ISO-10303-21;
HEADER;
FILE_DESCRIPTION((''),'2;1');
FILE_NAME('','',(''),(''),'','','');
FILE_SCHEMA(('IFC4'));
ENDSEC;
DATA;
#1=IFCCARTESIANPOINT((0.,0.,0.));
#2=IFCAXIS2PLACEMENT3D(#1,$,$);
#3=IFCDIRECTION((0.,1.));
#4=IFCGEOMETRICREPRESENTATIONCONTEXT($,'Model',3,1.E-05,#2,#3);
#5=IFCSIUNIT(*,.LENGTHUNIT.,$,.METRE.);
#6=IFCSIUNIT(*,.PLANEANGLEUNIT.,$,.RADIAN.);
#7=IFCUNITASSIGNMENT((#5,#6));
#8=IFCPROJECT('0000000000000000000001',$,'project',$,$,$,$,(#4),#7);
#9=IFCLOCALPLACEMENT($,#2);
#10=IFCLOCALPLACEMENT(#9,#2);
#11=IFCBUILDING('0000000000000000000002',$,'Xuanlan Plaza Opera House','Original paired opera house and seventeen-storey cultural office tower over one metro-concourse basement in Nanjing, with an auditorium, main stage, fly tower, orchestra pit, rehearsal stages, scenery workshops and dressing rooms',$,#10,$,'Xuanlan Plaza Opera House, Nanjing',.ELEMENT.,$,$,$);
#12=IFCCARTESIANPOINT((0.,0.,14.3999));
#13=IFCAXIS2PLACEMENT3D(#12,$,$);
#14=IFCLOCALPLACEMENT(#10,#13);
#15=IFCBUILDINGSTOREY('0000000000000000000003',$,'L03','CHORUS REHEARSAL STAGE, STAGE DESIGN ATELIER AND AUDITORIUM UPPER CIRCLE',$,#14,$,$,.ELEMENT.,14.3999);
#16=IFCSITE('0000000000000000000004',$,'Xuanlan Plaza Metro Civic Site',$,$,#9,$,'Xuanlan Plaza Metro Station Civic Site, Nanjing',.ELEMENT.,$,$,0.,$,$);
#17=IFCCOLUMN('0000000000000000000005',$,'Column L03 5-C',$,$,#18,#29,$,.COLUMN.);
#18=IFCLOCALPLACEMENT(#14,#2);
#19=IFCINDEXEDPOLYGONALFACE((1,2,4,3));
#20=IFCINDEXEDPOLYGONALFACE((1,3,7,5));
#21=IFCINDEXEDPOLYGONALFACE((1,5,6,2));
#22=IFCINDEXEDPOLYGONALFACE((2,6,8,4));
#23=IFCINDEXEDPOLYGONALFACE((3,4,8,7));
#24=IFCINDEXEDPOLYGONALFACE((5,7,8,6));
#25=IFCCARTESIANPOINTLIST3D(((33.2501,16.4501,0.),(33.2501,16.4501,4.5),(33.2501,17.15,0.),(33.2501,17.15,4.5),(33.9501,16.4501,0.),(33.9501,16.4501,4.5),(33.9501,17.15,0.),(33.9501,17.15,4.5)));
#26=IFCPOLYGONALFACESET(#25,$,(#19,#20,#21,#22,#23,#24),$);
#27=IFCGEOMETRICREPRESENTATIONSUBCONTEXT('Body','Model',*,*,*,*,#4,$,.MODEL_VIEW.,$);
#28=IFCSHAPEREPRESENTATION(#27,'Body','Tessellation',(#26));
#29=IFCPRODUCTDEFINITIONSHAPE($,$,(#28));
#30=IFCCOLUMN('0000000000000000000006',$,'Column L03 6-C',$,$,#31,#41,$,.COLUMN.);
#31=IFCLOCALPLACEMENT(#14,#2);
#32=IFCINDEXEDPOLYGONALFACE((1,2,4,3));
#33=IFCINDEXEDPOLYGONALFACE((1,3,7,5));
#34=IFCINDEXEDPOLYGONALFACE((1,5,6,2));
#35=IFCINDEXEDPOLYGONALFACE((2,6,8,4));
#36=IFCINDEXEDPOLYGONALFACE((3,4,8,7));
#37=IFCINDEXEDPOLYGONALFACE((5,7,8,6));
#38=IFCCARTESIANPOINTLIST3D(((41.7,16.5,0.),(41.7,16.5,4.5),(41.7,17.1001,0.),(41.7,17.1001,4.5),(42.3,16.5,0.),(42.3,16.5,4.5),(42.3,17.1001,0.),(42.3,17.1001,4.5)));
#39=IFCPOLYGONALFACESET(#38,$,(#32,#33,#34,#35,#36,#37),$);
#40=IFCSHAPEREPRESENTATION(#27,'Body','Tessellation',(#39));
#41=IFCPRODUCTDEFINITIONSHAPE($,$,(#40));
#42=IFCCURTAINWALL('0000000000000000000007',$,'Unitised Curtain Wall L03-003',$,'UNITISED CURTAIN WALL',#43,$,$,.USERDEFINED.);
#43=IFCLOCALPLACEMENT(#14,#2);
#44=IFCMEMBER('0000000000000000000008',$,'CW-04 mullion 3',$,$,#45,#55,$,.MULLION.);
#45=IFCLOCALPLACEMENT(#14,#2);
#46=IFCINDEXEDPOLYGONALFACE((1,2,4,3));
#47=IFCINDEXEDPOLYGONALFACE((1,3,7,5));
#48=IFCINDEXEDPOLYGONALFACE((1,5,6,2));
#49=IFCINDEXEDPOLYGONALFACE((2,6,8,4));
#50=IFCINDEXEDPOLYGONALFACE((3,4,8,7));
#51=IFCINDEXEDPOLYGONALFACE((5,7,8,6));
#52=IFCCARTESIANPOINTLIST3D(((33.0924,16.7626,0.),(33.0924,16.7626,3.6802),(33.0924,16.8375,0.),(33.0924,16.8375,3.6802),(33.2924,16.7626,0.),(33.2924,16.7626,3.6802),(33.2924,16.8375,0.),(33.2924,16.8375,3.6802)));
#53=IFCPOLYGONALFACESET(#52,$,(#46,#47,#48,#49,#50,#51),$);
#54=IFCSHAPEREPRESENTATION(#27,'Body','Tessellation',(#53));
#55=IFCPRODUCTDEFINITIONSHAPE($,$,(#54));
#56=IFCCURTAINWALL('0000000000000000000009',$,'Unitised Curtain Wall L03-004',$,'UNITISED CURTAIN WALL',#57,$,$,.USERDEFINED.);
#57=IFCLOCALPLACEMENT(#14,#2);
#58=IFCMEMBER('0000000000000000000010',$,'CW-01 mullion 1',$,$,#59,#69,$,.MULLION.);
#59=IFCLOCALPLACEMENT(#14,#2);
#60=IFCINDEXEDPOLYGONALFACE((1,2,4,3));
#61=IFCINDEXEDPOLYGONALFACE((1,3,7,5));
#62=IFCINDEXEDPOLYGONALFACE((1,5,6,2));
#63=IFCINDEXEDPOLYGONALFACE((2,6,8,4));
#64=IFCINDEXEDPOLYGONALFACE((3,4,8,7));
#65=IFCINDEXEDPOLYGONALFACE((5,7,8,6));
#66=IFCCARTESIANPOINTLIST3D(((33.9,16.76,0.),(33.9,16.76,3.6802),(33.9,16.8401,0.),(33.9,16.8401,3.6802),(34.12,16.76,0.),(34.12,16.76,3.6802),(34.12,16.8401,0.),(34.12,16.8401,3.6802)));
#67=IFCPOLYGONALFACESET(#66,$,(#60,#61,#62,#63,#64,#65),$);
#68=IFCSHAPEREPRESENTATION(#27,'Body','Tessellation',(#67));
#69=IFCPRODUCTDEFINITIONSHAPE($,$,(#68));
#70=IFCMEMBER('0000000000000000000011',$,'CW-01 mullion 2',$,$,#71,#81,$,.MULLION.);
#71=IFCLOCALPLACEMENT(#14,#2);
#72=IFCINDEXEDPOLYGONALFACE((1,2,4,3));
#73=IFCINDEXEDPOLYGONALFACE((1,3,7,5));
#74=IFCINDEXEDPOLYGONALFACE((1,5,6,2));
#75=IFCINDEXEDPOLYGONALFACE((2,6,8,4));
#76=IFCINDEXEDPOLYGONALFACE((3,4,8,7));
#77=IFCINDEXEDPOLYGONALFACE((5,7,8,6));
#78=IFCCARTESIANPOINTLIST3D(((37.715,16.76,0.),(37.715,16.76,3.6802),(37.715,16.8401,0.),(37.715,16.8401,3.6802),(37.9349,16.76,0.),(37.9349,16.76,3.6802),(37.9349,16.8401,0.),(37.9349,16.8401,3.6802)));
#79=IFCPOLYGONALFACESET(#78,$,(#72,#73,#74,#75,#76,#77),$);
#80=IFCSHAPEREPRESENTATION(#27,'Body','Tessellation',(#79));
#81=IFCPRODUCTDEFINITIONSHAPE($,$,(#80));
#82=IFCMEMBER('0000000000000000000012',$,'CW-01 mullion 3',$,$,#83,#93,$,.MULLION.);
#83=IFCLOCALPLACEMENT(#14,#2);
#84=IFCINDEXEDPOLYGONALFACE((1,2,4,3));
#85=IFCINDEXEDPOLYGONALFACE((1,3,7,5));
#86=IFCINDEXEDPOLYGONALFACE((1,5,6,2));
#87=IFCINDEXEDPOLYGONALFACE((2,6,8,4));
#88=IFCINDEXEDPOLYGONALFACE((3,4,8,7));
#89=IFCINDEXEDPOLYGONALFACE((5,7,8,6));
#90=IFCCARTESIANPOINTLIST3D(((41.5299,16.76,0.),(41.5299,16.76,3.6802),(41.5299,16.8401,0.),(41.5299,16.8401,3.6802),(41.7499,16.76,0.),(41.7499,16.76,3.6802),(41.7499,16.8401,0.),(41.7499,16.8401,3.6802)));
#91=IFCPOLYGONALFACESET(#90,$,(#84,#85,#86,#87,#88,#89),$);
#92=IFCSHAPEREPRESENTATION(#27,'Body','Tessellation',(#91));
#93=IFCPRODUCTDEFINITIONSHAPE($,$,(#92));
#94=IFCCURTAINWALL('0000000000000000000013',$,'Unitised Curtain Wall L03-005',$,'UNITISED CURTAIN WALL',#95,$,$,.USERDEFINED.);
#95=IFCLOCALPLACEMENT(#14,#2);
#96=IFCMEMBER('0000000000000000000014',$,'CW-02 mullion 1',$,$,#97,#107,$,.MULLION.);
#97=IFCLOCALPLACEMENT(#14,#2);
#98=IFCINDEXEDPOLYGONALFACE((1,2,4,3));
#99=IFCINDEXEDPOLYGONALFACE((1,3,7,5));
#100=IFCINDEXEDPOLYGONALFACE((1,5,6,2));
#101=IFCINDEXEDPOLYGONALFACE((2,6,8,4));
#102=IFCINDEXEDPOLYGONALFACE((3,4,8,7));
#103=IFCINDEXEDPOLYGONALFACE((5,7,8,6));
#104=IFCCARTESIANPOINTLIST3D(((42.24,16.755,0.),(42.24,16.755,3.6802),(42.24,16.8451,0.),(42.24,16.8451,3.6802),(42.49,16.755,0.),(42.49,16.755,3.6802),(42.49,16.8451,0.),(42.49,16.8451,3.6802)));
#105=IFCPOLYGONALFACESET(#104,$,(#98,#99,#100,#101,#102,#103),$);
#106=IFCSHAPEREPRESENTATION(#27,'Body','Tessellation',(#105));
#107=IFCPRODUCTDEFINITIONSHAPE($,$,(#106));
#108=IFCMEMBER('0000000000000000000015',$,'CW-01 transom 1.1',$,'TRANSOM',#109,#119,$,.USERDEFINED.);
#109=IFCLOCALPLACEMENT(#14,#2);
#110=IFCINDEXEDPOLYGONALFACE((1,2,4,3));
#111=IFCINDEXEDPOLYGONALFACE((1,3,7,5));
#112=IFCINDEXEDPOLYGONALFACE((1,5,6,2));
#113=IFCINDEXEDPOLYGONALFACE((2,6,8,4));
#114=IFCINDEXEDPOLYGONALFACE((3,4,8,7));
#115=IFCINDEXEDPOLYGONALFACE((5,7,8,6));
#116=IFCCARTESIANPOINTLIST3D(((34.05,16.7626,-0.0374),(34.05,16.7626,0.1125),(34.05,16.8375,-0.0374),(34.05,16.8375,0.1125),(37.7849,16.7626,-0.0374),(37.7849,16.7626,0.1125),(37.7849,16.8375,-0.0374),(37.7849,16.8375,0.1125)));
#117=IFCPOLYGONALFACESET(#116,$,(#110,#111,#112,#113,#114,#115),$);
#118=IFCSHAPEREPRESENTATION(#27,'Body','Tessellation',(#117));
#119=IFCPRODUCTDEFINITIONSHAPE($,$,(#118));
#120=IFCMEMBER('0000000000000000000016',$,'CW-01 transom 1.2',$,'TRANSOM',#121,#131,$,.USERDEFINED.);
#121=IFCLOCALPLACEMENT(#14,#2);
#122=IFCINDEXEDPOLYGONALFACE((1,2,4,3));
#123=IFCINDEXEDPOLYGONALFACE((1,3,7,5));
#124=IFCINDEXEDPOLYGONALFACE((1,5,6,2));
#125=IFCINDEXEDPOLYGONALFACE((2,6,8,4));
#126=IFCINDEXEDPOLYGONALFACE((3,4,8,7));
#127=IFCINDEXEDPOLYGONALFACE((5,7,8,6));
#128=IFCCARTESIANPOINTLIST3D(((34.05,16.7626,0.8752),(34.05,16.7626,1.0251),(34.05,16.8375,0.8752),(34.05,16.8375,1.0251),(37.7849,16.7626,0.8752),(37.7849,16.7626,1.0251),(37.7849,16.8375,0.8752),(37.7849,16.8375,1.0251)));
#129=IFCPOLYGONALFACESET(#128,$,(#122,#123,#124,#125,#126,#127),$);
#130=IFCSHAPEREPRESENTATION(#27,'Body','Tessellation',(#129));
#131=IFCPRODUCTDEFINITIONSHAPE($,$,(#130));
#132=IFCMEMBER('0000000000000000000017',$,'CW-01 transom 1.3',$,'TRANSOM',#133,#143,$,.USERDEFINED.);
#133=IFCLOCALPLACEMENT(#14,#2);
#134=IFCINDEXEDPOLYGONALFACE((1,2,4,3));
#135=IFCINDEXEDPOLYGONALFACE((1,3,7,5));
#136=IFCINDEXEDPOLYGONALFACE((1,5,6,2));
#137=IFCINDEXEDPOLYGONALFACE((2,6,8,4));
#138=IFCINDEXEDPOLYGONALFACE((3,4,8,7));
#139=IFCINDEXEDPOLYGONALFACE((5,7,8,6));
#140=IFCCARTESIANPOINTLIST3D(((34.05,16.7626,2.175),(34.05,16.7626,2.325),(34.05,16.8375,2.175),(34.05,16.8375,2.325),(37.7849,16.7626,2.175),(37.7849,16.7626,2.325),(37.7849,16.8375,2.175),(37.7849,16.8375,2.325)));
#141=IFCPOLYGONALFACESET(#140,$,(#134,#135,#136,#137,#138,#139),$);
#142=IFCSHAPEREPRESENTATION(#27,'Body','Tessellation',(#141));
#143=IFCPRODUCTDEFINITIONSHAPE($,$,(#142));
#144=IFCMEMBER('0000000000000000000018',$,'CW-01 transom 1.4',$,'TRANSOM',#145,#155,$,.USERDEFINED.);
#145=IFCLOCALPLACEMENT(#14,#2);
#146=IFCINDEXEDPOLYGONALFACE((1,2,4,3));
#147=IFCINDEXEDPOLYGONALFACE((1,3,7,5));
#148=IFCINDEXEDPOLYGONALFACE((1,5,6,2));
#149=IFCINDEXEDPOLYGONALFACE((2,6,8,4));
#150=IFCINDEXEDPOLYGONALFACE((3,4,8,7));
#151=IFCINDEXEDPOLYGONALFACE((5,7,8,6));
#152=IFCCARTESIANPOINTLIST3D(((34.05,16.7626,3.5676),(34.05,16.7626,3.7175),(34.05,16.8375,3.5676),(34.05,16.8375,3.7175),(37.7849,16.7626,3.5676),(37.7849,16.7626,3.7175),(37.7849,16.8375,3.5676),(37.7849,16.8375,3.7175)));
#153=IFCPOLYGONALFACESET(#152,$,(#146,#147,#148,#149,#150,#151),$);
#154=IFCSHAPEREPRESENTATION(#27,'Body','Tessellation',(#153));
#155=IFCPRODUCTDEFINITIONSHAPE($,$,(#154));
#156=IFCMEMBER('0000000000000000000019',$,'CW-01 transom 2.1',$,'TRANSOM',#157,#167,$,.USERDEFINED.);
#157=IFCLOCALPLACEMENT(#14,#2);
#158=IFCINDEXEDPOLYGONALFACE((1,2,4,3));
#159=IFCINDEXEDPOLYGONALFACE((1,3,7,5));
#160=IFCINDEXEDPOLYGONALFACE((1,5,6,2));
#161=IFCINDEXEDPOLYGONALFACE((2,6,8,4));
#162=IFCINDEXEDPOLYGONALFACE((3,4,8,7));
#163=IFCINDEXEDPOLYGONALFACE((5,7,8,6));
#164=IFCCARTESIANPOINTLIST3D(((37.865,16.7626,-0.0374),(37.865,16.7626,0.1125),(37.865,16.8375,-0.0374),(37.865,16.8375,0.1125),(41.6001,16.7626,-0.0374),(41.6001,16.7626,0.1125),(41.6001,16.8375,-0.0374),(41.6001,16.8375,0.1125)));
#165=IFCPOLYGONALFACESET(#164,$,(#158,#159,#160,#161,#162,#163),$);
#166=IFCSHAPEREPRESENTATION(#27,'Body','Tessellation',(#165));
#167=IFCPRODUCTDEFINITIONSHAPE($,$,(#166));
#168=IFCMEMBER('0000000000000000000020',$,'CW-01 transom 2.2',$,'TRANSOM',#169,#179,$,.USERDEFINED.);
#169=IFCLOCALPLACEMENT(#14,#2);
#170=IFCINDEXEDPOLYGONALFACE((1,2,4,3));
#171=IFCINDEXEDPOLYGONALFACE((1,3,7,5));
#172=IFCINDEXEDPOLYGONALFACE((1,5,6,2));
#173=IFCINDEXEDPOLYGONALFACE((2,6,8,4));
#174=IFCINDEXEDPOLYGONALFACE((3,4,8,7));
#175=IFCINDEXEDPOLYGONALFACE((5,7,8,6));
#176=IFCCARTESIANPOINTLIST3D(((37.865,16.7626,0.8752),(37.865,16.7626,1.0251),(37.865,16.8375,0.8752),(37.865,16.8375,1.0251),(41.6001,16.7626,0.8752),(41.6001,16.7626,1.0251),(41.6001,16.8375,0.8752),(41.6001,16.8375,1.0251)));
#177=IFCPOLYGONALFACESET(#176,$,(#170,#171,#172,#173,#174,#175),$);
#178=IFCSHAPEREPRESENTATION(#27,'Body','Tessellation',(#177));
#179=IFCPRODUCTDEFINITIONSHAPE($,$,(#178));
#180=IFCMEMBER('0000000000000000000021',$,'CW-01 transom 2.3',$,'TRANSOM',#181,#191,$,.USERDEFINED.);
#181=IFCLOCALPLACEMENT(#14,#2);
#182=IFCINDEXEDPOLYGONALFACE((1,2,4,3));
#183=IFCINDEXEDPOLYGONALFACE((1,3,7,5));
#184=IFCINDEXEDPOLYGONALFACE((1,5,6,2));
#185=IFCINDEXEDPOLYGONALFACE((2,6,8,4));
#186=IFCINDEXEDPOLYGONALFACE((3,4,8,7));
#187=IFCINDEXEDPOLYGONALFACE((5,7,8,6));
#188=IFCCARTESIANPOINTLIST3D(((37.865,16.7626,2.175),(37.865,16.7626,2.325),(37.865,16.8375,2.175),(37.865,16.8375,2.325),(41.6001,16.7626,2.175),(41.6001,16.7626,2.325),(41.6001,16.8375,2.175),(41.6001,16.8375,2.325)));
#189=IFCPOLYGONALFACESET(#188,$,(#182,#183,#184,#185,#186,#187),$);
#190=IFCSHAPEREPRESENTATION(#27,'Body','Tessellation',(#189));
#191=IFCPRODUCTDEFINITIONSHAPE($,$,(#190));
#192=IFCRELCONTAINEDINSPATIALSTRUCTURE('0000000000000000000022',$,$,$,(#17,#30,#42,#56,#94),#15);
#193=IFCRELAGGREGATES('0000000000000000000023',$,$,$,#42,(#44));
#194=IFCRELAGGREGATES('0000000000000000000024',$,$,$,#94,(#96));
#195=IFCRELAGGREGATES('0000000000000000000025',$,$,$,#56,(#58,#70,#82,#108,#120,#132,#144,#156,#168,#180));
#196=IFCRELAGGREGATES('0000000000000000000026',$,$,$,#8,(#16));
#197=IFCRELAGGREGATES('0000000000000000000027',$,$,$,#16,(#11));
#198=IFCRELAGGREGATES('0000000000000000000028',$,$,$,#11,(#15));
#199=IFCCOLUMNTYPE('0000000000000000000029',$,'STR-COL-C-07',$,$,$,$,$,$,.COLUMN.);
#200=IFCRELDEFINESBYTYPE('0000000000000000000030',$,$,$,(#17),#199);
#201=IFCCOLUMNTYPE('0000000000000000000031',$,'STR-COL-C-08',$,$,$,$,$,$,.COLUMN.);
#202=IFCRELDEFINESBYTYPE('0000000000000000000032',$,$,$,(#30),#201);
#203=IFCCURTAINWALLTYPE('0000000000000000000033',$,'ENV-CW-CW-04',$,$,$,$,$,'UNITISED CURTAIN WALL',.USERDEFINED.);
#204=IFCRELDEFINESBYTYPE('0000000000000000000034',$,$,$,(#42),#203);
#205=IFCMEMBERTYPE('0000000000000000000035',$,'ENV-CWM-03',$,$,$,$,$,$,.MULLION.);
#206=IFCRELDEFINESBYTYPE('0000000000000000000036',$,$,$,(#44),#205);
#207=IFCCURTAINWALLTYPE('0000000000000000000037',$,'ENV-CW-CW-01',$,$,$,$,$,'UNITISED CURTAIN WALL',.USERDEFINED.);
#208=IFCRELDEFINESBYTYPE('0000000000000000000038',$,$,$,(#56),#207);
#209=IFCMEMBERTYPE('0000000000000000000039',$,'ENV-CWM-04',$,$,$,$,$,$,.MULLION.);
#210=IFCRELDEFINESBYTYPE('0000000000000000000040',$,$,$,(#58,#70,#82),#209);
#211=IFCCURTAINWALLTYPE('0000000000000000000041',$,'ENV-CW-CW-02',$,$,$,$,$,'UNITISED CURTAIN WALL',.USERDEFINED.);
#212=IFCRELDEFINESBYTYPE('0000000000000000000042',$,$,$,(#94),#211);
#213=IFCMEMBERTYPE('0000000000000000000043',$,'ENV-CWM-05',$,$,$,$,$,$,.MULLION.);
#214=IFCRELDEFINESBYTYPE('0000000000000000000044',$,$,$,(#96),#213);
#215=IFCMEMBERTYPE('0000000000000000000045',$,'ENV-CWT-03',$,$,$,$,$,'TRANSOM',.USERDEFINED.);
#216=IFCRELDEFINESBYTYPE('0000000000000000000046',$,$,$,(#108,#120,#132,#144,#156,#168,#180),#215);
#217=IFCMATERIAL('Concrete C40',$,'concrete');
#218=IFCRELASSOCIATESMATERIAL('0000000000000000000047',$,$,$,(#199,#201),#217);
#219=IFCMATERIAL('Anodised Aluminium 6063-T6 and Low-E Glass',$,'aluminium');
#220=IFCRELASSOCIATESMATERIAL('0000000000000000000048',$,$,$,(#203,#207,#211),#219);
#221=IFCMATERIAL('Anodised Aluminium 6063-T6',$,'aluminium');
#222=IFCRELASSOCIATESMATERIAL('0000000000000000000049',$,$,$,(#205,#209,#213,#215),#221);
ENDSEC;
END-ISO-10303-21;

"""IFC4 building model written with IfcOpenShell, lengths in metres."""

from ifc_helpers import new_model, si_unit, direction, frame, origin, origin_2d, place, context, subcontext, project, spatial, rectangle, extrude, material, material_profile, profile_set, type_object, element, aggregate, save


model = new_model("IFC4")

# Units and contexts
model_context = context("Model", 3, precision=1e-05, world=origin(), true_north=direction((0.0, 1.0)))
body_context = subcontext(model_context, "Body", "Model", "MODEL_VIEW")
ifc_project = project(units=[si_unit("LENGTHUNIT", "METRE"), si_unit("PLANEANGLEUNIT", "RADIAN")], contexts=[model_context])

# Site, building, storey
site_placement = place(None, origin())
site = spatial("IfcSite", under=ifc_project, at=site_placement, Name="Xuanlan Plaza Metro Civic Site", LongName="Xuanlan Plaza Metro Station Civic Site, Nanjing", CompositionType="ELEMENT", RefElevation=0.0)
building_placement = place(site_placement, origin())
building = spatial("IfcBuilding", under=site, at=building_placement, Name="Xuanlan Plaza Opera House", Description="Original paired opera house and seventeen-storey cultural office tower over one metro-concourse basement in Nanjing, with an auditorium, main stage, fly tower, orchestra pit, rehearsal stages, scenery workshops and dressing rooms", LongName="Xuanlan Plaza Opera House, Nanjing", CompositionType="ELEMENT")
storey_placement = place(building_placement, frame((0.0, 0.0, 14.3999)))
storey = spatial("IfcBuildingStorey", under=building, at=storey_placement, Name="L03", Description="CHORUS REHEARSAL STAGE, STAGE DESIGN ATELIER AND AUDITORIUM UPPER CIRCLE", CompositionType="ELEMENT", Elevation=14.3999)

# Columns
ifc_material_1 = material(Name="Concrete C40", Category="concrete")
ifc_material_profile_1 = material_profile(ifc_material_1, rectangle(XDim=0.7, YDim=0.7, at=origin_2d()), Name="RC-COL 700x700")
ifc_profile_set_1 = profile_set([ifc_material_profile_1], Name="Concrete C40")
column_type_1 = type_object("IfcColumnType", Name="STR-COL-C-07", PredefinedType="COLUMN", material=ifc_profile_set_1)
column_1_placement = place(storey_placement, frame((33.6001, 16.8, 0.0), z_axis=(0.0, 0.0, 1.0), x_axis=(1.0, 0.0, 0.0)))
element("IfcColumn", 1, at=column_1_placement, inside=storey, type_object=column_type_1, Name="Column L03 5-C", PredefinedType="COLUMN", context=body_context, shape_type="SweptSolid", body=[
    extrude(rectangle(XDim=0.7, YDim=0.7, at=origin_2d()), origin(), (0.0, 0.0, 1.0), 4.5),
])
ifc_material_profile_2 = material_profile(ifc_material_1, rectangle(XDim=0.6001, YDim=0.6001, at=origin_2d()), Name="RC-COL 600x600")
ifc_profile_set_2 = profile_set([ifc_material_profile_2], Name="Concrete C40")
column_type_2 = type_object("IfcColumnType", Name="STR-COL-C-08", PredefinedType="COLUMN", material=ifc_profile_set_2)
column_2_placement = place(storey_placement, frame((42.0, 16.8, 0.0), z_axis=(0.0, 0.0, 1.0), x_axis=(1.0, 0.0, 0.0)))
element("IfcColumn", 2, at=column_2_placement, inside=storey, type_object=column_type_2, Name="Column L03 6-C", PredefinedType="COLUMN", context=body_context, shape_type="SweptSolid", body=[
    extrude(rectangle(XDim=0.6001, YDim=0.6001, at=origin_2d()), origin(), (0.0, 0.0, 1.0), 4.5),
])

# Curtain wall, member
ifc_material_2 = material(Name="Anodised Aluminium 6063-T6 and Low-E Glass", Category="aluminium")
curtain_wall_type_1 = type_object("IfcCurtainWallType", Name="ENV-CW-CW-04", ElementType="UNITISED CURTAIN WALL", PredefinedType="USERDEFINED", material=ifc_material_2)
curtain_wall_1_placement = place(storey_placement, origin())
curtain_wall_1 = element("IfcCurtainWall", 3, at=curtain_wall_1_placement, inside=storey, type_object=curtain_wall_type_1, Name="Unitised Curtain Wall L03-003", ObjectType="UNITISED CURTAIN WALL", PredefinedType="USERDEFINED")
ifc_material_3 = material(Name="Anodised Aluminium 6063-T6", Category="aluminium")
ifc_material_profile_3 = material_profile(ifc_material_3, rectangle(XDim=0.075, YDim=0.2, at=origin_2d()), Name="ALU-M 75x200")
ifc_profile_set_3 = profile_set([ifc_material_profile_3], Name="Anodised Aluminium 6063-T6")
member_type_1 = type_object("IfcMemberType", Name="ENV-CWM-03", PredefinedType="MULLION", material=ifc_profile_set_3)
member_1_placement = place(storey_placement, frame((33.1924, 16.8, 0.0), z_axis=(0.0, 0.0, 1.0), x_axis=(0.0, 1.0, 0.0)))
member_1 = element("IfcMember", 4, at=member_1_placement, type_object=member_type_1, Name="CW-04 mullion 3", PredefinedType="MULLION", context=body_context, shape_type="SweptSolid", body=[
    extrude(rectangle(XDim=0.075, YDim=0.2, at=origin_2d()), origin(), (0.0, 0.0, 1.0), 3.6802),
])
aggregate(curtain_wall_1, [member_1])

# Curtain wall, members
curtain_wall_type_2 = type_object("IfcCurtainWallType", Name="ENV-CW-CW-01", ElementType="UNITISED CURTAIN WALL", PredefinedType="USERDEFINED", material=ifc_material_2)
curtain_wall_2_placement = place(storey_placement, origin())
curtain_wall_2 = element("IfcCurtainWall", 5, at=curtain_wall_2_placement, inside=storey, type_object=curtain_wall_type_2, Name="Unitised Curtain Wall L03-004", ObjectType="UNITISED CURTAIN WALL", PredefinedType="USERDEFINED")
ifc_material_profile_4 = material_profile(ifc_material_3, rectangle(XDim=0.0801, YDim=0.22, at=origin_2d()), Name="ALU-M 80x220")
ifc_profile_set_4 = profile_set([ifc_material_profile_4], Name="Anodised Aluminium 6063-T6")
member_type_2 = type_object("IfcMemberType", Name="ENV-CWM-04", PredefinedType="MULLION", material=ifc_profile_set_4)
member_2_placement = place(storey_placement, frame((34.01, 16.8, 0.0), z_axis=(0.0, 0.0, 1.0), x_axis=(0.0, 1.0, 0.0)))
member_2 = element("IfcMember", 6, at=member_2_placement, type_object=member_type_2, Name="CW-01 mullion 1", PredefinedType="MULLION", context=body_context, shape_type="SweptSolid", body=[
    extrude(rectangle(XDim=0.0801, YDim=0.22, at=origin_2d()), origin(), (0.0, 0.0, 1.0), 3.6802),
])
member_3_placement = place(storey_placement, frame((37.825, 16.8, 0.0), z_axis=(0.0, 0.0, 1.0), x_axis=(0.0, 1.0, 0.0)))
member_3 = element("IfcMember", 7, at=member_3_placement, type_object=member_type_2, Name="CW-01 mullion 2", PredefinedType="MULLION", context=body_context, shape_type="SweptSolid", body=[
    extrude(rectangle(XDim=0.0801, YDim=0.22, at=origin_2d()), origin(), (0.0, 0.0, 1.0), 3.6802),
])
member_4_placement = place(storey_placement, frame((41.6399, 16.8, 0.0), z_axis=(0.0, 0.0, 1.0), x_axis=(0.0, 1.0, 0.0)))
member_4 = element("IfcMember", 8, at=member_4_placement, type_object=member_type_2, Name="CW-01 mullion 3", PredefinedType="MULLION", context=body_context, shape_type="SweptSolid", body=[
    extrude(rectangle(XDim=0.0801, YDim=0.22, at=origin_2d()), origin(), (0.0, 0.0, 1.0), 3.6802),
])

# Curtain wall, member
curtain_wall_type_3 = type_object("IfcCurtainWallType", Name="ENV-CW-CW-02", ElementType="UNITISED CURTAIN WALL", PredefinedType="USERDEFINED", material=ifc_material_2)
curtain_wall_3_placement = place(storey_placement, origin())
curtain_wall_3 = element("IfcCurtainWall", 9, at=curtain_wall_3_placement, inside=storey, type_object=curtain_wall_type_3, Name="Unitised Curtain Wall L03-005", ObjectType="UNITISED CURTAIN WALL", PredefinedType="USERDEFINED")
ifc_material_profile_5 = material_profile(ifc_material_3, rectangle(XDim=0.0901, YDim=0.25, at=origin_2d()), Name="ALU-M 90x250")
ifc_profile_set_5 = profile_set([ifc_material_profile_5], Name="Anodised Aluminium 6063-T6")
member_type_3 = type_object("IfcMemberType", Name="ENV-CWM-05", PredefinedType="MULLION", material=ifc_profile_set_5)
member_5_placement = place(storey_placement, frame((42.365, 16.8, 0.0), z_axis=(0.0, 0.0, 1.0), x_axis=(0.0, 1.0, 0.0)))
member_5 = element("IfcMember", 10, at=member_5_placement, type_object=member_type_3, Name="CW-02 mullion 1", PredefinedType="MULLION", context=body_context, shape_type="SweptSolid", body=[
    extrude(rectangle(XDim=0.0901, YDim=0.25, at=origin_2d()), origin(), (0.0, 0.0, 1.0), 3.6802),
])

# Members
ifc_material_profile_6 = material_profile(ifc_material_3, rectangle(XDim=0.075, YDim=0.1499, at=origin_2d()), Name="ALU-T 75x150")
ifc_profile_set_6 = profile_set([ifc_material_profile_6], Name="Anodised Aluminium 6063-T6")
member_type_4 = type_object("IfcMemberType", Name="ENV-CWT-03", ElementType="TRANSOM", PredefinedType="USERDEFINED", material=ifc_profile_set_6)
member_6_placement = place(storey_placement, frame((34.05, 16.8, 0.0376), z_axis=(1.0, 0.0, 0.0), x_axis=(0.0, 1.0, 0.0)))
member_6 = element("IfcMember", 11, at=member_6_placement, type_object=member_type_4, Name="CW-01 transom 1.1", ObjectType="TRANSOM", PredefinedType="USERDEFINED", context=body_context, shape_type="SweptSolid", body=[
    extrude(rectangle(XDim=0.075, YDim=0.1499, at=origin_2d()), origin(), (0.0, 0.0, 1.0), 3.7349),
])
member_7_placement = place(storey_placement, frame((34.05, 16.8, 0.9502), z_axis=(1.0, 0.0, 0.0), x_axis=(0.0, 1.0, 0.0)))
member_7 = element("IfcMember", 12, at=member_7_placement, type_object=member_type_4, Name="CW-01 transom 1.2", ObjectType="TRANSOM", PredefinedType="USERDEFINED", context=body_context, shape_type="SweptSolid", body=[
    extrude(rectangle(XDim=0.075, YDim=0.1499, at=origin_2d()), origin(), (0.0, 0.0, 1.0), 3.7349),
])
member_8_placement = place(storey_placement, frame((34.05, 16.8, 2.25), z_axis=(1.0, 0.0, 0.0), x_axis=(0.0, 1.0, 0.0)))
member_8 = element("IfcMember", 13, at=member_8_placement, type_object=member_type_4, Name="CW-01 transom 1.3", ObjectType="TRANSOM", PredefinedType="USERDEFINED", context=body_context, shape_type="SweptSolid", body=[
    extrude(rectangle(XDim=0.075, YDim=0.1499, at=origin_2d()), origin(), (0.0, 0.0, 1.0), 3.7349),
])
member_9_placement = place(storey_placement, frame((34.05, 16.8, 3.6426), z_axis=(1.0, 0.0, 0.0), x_axis=(0.0, 1.0, 0.0)))
member_9 = element("IfcMember", 14, at=member_9_placement, type_object=member_type_4, Name="CW-01 transom 1.4", ObjectType="TRANSOM", PredefinedType="USERDEFINED", context=body_context, shape_type="SweptSolid", body=[
    extrude(rectangle(XDim=0.075, YDim=0.1499, at=origin_2d()), origin(), (0.0, 0.0, 1.0), 3.7349),
])
member_10_placement = place(storey_placement, frame((37.865, 16.8, 0.0376), z_axis=(1.0, 0.0, 0.0), x_axis=(0.0, 1.0, 0.0)))
member_10 = element("IfcMember", 15, at=member_10_placement, type_object=member_type_4, Name="CW-01 transom 2.1", ObjectType="TRANSOM", PredefinedType="USERDEFINED", context=body_context, shape_type="SweptSolid", body=[
    extrude(rectangle(XDim=0.075, YDim=0.1499, at=origin_2d()), origin(), (0.0, 0.0, 1.0), 3.7351),
])
member_11_placement = place(storey_placement, frame((37.865, 16.8, 0.9502), z_axis=(1.0, 0.0, 0.0), x_axis=(0.0, 1.0, 0.0)))
member_11 = element("IfcMember", 16, at=member_11_placement, type_object=member_type_4, Name="CW-01 transom 2.2", ObjectType="TRANSOM", PredefinedType="USERDEFINED", context=body_context, shape_type="SweptSolid", body=[
    extrude(rectangle(XDim=0.075, YDim=0.1499, at=origin_2d()), origin(), (0.0, 0.0, 1.0), 3.7351),
])
member_12_placement = place(storey_placement, frame((37.865, 16.8, 2.25), z_axis=(1.0, 0.0, 0.0), x_axis=(0.0, 1.0, 0.0)))
member_12 = element("IfcMember", 17, at=member_12_placement, type_object=member_type_4, Name="CW-01 transom 2.3", ObjectType="TRANSOM", PredefinedType="USERDEFINED", context=body_context, shape_type="SweptSolid", body=[
    extrude(rectangle(XDim=0.075, YDim=0.1499, at=origin_2d()), origin(), (0.0, 0.0, 1.0), 3.7351),
])
aggregate(curtain_wall_3, [member_5])

aggregate(curtain_wall_2, [member_2, member_3, member_4, member_6, member_7, member_8, member_9, member_10, member_11, member_12])

save(model, "model.ifc")
